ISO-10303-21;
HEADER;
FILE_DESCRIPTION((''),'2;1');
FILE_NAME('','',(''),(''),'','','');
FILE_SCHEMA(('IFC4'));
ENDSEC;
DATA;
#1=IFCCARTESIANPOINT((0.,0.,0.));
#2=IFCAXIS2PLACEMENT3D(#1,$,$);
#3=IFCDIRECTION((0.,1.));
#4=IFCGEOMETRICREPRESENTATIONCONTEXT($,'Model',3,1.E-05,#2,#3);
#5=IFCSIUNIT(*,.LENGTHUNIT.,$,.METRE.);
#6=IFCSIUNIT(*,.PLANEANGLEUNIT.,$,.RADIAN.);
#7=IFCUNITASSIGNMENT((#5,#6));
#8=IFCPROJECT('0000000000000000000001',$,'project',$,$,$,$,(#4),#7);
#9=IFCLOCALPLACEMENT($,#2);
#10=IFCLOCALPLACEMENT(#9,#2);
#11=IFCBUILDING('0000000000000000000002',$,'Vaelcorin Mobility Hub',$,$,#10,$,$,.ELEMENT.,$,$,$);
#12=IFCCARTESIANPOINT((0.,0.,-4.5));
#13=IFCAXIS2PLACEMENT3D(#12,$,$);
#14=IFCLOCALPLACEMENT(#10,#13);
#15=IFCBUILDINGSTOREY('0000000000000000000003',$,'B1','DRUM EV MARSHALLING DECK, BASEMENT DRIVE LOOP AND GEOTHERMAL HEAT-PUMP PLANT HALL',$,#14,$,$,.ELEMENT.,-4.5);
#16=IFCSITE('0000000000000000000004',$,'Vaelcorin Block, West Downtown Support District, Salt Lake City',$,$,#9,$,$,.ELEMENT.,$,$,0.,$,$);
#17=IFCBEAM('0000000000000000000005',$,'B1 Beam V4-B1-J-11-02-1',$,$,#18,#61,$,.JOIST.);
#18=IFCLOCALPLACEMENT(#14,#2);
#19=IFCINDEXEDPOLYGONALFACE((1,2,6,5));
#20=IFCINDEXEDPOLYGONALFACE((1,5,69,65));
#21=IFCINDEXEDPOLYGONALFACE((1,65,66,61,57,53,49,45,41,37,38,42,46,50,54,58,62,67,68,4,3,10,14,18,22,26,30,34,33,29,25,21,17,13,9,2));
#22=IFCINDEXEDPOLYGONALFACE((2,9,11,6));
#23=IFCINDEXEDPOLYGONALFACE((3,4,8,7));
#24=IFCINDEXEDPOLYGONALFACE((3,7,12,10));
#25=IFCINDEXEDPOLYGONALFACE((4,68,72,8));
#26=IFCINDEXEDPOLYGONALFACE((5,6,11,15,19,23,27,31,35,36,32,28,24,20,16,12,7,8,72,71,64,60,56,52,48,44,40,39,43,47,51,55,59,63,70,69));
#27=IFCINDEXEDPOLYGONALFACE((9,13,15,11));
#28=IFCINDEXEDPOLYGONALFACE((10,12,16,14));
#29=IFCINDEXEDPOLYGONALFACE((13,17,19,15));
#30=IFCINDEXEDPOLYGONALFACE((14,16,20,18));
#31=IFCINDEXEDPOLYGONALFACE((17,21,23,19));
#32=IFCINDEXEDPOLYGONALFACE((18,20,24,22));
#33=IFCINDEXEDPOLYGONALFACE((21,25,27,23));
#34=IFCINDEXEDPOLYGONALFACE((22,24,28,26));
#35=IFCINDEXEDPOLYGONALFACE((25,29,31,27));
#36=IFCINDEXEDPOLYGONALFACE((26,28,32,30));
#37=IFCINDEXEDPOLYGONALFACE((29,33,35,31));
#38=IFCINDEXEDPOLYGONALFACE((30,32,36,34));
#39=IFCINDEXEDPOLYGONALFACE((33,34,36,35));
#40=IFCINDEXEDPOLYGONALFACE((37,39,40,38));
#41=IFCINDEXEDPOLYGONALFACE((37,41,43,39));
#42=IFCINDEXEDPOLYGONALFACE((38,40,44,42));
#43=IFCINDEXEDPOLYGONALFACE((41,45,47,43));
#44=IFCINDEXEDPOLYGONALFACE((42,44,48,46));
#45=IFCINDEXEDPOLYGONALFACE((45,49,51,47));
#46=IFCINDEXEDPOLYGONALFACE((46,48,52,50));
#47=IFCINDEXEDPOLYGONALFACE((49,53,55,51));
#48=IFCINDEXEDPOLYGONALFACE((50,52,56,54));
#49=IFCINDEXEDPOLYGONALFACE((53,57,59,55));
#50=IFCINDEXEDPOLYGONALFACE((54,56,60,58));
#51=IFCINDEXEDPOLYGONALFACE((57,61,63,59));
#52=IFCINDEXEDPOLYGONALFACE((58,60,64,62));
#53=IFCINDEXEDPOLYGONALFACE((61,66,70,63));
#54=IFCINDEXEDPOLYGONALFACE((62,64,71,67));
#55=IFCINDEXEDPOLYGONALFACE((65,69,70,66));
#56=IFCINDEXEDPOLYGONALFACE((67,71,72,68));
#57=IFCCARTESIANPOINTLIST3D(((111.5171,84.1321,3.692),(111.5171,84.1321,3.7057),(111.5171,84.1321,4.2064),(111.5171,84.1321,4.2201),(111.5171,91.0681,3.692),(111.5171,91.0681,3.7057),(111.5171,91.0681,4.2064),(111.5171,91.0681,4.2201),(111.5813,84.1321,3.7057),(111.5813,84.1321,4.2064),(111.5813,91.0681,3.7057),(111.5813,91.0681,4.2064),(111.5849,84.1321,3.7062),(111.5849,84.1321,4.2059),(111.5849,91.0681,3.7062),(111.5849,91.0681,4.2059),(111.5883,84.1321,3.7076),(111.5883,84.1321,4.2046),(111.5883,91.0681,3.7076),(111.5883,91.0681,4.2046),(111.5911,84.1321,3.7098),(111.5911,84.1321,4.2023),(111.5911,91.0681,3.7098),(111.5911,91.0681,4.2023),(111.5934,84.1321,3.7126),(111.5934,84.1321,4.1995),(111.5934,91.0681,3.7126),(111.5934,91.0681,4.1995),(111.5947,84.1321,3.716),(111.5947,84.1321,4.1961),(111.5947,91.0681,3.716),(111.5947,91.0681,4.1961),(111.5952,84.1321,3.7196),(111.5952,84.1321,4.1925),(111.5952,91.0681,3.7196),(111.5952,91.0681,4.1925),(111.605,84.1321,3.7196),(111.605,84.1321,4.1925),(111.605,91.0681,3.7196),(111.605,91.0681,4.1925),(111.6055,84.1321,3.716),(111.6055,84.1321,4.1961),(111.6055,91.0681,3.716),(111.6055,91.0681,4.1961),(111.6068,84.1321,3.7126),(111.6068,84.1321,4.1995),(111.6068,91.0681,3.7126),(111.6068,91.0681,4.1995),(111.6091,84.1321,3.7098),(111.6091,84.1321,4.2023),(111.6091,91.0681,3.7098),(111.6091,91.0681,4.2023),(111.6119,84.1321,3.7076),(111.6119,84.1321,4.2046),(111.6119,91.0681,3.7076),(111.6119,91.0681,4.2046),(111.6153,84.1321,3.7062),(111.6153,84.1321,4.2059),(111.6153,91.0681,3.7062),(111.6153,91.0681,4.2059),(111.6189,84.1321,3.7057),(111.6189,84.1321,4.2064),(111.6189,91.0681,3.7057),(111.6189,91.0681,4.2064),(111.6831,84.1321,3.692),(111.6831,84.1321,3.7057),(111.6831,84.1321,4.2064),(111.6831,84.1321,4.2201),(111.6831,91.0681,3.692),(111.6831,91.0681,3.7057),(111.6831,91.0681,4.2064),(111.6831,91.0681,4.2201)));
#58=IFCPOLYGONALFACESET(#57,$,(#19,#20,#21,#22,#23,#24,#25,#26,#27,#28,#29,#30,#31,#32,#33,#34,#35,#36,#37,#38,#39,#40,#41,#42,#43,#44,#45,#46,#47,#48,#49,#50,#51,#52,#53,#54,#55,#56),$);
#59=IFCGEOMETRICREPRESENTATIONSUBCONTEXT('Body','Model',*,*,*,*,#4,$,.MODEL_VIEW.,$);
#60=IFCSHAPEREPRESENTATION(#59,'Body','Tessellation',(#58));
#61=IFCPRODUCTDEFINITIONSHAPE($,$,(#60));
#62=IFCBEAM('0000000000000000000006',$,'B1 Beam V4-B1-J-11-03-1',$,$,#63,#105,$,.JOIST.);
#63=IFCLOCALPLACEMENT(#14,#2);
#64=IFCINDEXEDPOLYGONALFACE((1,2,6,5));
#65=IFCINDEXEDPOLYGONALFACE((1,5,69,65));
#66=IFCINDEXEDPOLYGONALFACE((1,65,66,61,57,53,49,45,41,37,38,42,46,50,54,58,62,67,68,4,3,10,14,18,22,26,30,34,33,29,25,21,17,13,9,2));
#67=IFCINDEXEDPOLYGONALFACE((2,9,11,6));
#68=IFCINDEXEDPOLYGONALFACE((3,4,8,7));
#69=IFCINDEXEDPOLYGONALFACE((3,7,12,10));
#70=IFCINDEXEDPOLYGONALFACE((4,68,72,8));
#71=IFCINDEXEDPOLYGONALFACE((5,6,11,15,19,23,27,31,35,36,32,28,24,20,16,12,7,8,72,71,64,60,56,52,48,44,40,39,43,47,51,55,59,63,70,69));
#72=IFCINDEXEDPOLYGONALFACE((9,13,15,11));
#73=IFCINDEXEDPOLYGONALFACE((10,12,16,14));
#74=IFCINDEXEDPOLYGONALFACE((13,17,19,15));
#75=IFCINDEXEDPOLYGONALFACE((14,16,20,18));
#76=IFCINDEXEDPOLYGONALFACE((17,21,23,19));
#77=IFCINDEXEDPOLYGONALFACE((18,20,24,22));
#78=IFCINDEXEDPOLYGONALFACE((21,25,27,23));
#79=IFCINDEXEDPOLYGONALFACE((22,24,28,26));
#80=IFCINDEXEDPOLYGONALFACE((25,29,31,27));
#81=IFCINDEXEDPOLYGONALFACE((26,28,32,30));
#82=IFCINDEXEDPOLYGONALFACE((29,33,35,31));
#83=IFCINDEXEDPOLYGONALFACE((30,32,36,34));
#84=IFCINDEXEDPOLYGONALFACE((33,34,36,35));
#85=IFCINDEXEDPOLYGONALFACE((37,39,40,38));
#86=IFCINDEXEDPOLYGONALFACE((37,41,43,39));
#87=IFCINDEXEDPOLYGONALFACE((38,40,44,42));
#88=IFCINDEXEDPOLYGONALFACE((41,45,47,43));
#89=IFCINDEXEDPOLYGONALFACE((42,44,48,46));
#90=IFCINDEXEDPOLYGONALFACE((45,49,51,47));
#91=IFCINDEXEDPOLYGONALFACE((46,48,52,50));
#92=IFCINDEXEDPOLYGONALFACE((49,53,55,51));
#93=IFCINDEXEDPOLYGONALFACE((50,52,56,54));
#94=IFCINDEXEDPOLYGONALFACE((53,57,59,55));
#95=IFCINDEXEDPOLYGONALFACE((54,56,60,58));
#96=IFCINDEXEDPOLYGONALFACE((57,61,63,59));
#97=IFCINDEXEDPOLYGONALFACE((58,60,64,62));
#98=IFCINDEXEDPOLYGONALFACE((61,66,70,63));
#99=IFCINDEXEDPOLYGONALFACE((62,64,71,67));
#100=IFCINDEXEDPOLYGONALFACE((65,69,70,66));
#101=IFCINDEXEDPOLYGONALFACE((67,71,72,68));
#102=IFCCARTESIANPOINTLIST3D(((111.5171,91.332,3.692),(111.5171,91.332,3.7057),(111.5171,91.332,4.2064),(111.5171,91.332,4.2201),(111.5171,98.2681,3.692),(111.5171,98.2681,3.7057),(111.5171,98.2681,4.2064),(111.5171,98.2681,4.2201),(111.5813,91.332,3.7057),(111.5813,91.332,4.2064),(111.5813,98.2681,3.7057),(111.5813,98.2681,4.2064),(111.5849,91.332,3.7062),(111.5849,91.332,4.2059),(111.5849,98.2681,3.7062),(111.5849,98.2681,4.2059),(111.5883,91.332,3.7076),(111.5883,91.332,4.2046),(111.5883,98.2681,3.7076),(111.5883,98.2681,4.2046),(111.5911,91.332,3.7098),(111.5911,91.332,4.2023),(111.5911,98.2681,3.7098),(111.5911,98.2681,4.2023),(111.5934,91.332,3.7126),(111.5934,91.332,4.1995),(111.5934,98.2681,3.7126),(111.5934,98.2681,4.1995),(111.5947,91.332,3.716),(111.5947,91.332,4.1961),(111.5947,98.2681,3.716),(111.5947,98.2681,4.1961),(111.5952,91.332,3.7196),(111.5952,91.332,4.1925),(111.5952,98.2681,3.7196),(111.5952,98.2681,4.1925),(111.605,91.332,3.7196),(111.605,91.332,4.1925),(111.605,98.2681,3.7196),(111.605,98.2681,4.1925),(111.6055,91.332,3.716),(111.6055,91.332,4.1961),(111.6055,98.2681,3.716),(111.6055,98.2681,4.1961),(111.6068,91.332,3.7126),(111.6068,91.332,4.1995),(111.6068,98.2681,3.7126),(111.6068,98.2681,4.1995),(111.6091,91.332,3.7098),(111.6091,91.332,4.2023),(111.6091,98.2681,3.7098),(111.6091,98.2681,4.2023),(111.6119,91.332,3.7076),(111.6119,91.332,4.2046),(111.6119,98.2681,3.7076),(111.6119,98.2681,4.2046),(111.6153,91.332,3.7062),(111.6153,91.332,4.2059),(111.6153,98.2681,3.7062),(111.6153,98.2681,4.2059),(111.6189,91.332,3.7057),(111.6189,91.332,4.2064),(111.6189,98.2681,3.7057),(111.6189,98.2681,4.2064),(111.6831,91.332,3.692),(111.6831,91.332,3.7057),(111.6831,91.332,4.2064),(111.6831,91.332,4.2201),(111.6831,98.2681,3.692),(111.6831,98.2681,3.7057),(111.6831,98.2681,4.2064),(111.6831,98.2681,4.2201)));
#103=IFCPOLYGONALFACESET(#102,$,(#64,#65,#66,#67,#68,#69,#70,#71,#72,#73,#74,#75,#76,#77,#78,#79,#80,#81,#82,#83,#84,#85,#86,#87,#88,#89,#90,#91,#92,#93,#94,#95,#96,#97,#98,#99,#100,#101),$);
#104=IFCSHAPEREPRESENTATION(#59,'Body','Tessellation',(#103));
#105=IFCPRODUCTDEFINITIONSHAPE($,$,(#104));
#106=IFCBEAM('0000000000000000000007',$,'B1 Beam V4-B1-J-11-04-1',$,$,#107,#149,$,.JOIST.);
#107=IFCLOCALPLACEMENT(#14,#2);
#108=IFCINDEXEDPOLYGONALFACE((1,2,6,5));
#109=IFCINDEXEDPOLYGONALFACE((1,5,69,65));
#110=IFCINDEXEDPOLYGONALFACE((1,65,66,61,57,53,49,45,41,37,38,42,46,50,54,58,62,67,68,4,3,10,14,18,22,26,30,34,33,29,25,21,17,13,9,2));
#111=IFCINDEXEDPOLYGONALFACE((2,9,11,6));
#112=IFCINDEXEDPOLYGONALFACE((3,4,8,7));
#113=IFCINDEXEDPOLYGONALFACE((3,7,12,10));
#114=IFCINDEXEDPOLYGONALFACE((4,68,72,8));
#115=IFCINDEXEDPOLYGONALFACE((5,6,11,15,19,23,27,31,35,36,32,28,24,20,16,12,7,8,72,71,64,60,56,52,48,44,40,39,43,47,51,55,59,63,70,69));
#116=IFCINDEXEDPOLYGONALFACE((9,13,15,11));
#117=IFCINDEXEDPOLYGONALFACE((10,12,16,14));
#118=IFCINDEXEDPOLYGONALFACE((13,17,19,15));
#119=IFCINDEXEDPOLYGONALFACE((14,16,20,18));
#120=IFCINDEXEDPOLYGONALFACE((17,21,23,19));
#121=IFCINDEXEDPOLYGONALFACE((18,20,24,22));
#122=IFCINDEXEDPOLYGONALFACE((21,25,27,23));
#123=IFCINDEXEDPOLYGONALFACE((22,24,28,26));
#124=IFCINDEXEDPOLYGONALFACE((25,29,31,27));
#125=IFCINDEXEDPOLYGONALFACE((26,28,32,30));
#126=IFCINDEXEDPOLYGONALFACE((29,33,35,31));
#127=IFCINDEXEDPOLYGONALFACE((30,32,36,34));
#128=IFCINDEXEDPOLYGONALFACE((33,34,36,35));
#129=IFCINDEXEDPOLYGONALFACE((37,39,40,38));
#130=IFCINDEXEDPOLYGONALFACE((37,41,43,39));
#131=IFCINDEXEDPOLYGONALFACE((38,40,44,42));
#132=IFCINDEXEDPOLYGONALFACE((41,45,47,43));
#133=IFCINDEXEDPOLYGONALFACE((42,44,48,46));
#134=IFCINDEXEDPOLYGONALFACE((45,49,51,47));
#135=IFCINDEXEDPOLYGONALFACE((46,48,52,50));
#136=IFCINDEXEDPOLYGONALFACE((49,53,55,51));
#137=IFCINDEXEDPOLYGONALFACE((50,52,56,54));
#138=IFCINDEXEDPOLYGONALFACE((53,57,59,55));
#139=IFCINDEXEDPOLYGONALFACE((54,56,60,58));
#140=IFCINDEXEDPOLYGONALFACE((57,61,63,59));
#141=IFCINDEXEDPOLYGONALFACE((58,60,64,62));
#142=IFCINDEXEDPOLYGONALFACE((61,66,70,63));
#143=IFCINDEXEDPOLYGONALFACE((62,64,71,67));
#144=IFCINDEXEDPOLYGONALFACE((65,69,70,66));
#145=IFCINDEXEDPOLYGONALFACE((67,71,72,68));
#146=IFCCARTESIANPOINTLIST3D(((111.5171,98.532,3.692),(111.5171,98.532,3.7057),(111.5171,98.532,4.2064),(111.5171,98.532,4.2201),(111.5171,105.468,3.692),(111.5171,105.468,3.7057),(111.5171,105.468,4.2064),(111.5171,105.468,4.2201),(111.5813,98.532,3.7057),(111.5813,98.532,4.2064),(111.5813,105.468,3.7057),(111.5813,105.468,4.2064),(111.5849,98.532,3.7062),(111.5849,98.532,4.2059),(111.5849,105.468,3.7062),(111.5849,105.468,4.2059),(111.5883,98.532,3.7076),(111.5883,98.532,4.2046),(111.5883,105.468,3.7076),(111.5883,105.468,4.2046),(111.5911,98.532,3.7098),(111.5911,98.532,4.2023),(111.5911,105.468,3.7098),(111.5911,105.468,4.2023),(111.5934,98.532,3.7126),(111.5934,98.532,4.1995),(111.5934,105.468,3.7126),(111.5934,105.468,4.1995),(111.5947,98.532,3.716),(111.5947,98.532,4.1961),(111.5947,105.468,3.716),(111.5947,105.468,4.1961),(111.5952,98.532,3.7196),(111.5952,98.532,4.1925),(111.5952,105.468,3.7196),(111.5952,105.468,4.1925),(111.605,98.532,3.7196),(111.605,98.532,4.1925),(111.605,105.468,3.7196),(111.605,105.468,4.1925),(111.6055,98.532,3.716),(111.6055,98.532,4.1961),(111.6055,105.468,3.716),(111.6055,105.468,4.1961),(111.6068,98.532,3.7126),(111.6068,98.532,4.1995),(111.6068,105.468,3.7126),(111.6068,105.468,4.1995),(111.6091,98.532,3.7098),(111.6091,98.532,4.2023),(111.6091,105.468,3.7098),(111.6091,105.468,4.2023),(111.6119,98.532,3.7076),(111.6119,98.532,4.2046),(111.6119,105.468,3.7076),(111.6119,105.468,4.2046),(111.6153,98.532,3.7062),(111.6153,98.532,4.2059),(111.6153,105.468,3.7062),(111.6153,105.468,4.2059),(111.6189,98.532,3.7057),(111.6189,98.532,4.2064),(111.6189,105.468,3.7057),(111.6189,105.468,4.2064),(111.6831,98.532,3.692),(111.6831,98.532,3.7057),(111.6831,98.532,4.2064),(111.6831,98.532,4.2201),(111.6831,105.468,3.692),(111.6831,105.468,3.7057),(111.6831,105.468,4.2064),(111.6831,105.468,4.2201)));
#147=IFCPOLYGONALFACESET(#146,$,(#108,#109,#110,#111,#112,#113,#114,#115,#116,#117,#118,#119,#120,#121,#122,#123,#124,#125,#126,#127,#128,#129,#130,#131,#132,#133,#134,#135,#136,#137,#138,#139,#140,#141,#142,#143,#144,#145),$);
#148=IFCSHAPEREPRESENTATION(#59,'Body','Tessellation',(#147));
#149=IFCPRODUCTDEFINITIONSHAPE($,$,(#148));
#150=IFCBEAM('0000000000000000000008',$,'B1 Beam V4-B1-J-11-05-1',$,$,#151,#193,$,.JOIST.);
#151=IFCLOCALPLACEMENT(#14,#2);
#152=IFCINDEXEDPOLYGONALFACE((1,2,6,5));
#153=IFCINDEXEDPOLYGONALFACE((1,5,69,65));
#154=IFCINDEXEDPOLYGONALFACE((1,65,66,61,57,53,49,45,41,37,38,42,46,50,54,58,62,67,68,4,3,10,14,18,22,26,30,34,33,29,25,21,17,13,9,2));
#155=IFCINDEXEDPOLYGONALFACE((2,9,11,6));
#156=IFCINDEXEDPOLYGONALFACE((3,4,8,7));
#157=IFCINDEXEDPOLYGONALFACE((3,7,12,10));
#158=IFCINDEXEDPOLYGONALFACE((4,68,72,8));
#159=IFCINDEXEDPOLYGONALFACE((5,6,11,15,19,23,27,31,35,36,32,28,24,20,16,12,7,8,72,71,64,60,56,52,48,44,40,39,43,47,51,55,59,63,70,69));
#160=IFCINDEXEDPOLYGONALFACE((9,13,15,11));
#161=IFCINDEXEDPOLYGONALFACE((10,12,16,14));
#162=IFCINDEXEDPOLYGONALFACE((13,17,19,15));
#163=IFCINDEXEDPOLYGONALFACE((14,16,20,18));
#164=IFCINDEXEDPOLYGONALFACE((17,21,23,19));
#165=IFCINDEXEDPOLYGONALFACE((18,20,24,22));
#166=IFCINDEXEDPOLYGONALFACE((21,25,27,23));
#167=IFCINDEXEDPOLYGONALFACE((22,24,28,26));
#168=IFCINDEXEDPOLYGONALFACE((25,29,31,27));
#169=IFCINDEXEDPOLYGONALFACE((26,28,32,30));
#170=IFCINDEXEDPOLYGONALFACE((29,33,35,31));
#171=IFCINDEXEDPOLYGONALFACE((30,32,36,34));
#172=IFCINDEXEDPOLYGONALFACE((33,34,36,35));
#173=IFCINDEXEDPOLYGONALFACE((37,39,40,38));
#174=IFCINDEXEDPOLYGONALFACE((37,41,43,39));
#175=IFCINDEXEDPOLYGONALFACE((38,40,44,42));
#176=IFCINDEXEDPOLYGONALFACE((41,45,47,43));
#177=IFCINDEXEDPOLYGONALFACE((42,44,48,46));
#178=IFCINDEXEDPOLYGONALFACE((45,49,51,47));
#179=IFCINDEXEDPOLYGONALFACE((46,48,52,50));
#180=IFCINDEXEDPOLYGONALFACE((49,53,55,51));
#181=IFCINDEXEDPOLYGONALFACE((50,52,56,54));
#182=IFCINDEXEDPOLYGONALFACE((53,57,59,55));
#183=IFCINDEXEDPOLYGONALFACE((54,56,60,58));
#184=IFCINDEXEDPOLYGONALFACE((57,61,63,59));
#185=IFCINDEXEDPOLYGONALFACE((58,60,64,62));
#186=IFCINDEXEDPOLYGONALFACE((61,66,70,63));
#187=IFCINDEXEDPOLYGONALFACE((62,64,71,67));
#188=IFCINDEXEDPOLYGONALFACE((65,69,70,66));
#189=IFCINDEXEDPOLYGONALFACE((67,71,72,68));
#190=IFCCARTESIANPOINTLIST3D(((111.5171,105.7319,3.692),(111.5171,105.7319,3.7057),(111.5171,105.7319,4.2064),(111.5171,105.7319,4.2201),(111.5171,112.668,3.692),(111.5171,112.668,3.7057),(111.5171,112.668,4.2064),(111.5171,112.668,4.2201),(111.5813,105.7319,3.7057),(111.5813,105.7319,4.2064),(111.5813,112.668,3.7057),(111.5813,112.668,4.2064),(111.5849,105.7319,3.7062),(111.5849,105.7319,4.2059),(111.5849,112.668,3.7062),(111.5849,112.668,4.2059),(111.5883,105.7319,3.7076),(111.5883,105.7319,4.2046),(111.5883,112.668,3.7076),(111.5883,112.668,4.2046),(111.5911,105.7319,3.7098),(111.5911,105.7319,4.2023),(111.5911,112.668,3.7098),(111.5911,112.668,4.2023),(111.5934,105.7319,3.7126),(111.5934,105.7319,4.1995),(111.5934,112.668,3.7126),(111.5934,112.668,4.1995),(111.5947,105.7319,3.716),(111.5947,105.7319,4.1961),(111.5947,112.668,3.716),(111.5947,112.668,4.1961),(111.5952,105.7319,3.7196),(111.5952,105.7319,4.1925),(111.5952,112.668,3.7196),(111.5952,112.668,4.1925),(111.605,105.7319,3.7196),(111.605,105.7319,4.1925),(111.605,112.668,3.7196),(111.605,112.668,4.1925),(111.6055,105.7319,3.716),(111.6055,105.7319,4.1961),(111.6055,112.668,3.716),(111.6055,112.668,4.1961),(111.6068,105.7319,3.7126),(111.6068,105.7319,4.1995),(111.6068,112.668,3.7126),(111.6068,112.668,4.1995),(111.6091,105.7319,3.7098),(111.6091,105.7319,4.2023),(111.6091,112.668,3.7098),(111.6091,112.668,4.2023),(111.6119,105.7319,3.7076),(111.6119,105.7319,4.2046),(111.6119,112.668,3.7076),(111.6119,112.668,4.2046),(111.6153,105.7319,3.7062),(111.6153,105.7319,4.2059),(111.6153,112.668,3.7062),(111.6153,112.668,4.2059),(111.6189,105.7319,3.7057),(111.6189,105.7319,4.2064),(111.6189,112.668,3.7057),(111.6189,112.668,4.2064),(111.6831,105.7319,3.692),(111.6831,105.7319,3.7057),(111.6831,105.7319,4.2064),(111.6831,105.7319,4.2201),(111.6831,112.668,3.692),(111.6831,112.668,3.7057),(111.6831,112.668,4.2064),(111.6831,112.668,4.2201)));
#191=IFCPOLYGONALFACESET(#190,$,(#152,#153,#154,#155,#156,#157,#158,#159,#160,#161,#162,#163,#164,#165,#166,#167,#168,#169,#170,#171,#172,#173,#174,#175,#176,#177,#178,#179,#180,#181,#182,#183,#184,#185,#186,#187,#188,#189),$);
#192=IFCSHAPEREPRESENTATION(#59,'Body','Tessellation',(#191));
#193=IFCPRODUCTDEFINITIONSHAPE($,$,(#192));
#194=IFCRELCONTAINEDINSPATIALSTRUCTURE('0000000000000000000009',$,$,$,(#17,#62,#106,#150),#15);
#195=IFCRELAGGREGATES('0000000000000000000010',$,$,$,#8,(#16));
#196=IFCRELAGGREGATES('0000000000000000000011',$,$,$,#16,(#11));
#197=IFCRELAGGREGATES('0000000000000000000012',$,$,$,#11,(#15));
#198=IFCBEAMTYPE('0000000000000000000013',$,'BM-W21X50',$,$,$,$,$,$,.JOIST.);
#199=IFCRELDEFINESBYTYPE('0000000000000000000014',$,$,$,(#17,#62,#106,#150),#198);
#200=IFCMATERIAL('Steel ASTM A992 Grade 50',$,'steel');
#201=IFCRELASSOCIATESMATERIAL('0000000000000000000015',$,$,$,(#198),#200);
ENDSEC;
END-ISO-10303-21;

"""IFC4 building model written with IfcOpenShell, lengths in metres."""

from ifc_helpers import new_model, si_unit, direction, frame, origin, origin_2d, place, context, subcontext, project, spatial, i_section, extrude, material, material_profile, profile_set, type_object, element, save


model = new_model("IFC4")

# Units and contexts
model_context = context("Model", 3, precision=1e-05, world=origin(), true_north=direction((0.0, 1.0)))
body_context = subcontext(model_context, "Body", "Model", "MODEL_VIEW")
ifc_project = project(units=[si_unit("LENGTHUNIT", "METRE"), si_unit("PLANEANGLEUNIT", "RADIAN")], contexts=[model_context])

# Site, building, storey
site_placement = place(None, origin())
site = spatial("IfcSite", under=ifc_project, at=site_placement, Name="Vaelcorin Block, West Downtown Support District, Salt Lake City", CompositionType="ELEMENT", RefElevation=0.0)
building_placement = place(site_placement, origin())
building = spatial("IfcBuilding", under=site, at=building_placement, Name="Vaelcorin Mobility Hub", CompositionType="ELEMENT")
storey_placement = place(building_placement, frame((0.0, 0.0, -4.5)))
storey = spatial("IfcBuildingStorey", under=building, at=storey_placement, Name="B1", Description="DRUM EV MARSHALLING DECK, BASEMENT DRIVE LOOP AND GEOTHERMAL HEAT-PUMP PLANT HALL", CompositionType="ELEMENT", Elevation=-4.5)

# Shared definitions
ifc_material_1 = material(Name="Steel ASTM A992 Grade 50", Category="steel")

# Beams
ifc_material_profile_1 = material_profile(ifc_material_1, i_section(OverallWidth=0.166, OverallDepth=0.5281, WebThickness=0.0098, FlangeThickness=0.0137, FilletRadius=0.0139, at=origin_2d()), Name="W21X50")
ifc_profile_set_1 = profile_set([ifc_material_profile_1], Name="Steel ASTM A992 Grade 50")
beam_type_1 = type_object("IfcBeamType", Name="BM-W21X50", PredefinedType="JOIST", material=ifc_profile_set_1)
for number, where, z_axis, x_axis, name in (
    (1, (111.6001, 84.1321, 3.9561), (0.0, 1.0, 0.0), (-1.0, 0.0, 0.0), "B1 Beam V4-B1-J-11-02-1"),
    (2, (111.6001, 91.332, 3.9561), (0.0, 1.0, 0.0), (-1.0, 0.0, 0.0), "B1 Beam V4-B1-J-11-03-1"),
    (3, (111.6001, 98.532, 3.9561), (0.0, 1.0, 0.0), (-1.0, 0.0, 0.0), "B1 Beam V4-B1-J-11-04-1"),
    (4, (111.6001, 105.7319, 3.9561), (0.0, 1.0, 0.0), (-1.0, 0.0, 0.0), "B1 Beam V4-B1-J-11-05-1"),
):
    element("IfcBeam", number, at=place(storey_placement, frame(where, z_axis=z_axis, x_axis=x_axis)), inside=storey, type_object=beam_type_1, Name=name, PredefinedType="JOIST", context=body_context, shape_type="SweptSolid", body=[
        extrude(i_section(OverallWidth=0.166, OverallDepth=0.5281, WebThickness=0.0098, FlangeThickness=0.0137, FilletRadius=0.0139, at=origin_2d()), origin(), (0.0, 0.0, 1.0), 6.936),
    ])

save(model, "model.ifc")
